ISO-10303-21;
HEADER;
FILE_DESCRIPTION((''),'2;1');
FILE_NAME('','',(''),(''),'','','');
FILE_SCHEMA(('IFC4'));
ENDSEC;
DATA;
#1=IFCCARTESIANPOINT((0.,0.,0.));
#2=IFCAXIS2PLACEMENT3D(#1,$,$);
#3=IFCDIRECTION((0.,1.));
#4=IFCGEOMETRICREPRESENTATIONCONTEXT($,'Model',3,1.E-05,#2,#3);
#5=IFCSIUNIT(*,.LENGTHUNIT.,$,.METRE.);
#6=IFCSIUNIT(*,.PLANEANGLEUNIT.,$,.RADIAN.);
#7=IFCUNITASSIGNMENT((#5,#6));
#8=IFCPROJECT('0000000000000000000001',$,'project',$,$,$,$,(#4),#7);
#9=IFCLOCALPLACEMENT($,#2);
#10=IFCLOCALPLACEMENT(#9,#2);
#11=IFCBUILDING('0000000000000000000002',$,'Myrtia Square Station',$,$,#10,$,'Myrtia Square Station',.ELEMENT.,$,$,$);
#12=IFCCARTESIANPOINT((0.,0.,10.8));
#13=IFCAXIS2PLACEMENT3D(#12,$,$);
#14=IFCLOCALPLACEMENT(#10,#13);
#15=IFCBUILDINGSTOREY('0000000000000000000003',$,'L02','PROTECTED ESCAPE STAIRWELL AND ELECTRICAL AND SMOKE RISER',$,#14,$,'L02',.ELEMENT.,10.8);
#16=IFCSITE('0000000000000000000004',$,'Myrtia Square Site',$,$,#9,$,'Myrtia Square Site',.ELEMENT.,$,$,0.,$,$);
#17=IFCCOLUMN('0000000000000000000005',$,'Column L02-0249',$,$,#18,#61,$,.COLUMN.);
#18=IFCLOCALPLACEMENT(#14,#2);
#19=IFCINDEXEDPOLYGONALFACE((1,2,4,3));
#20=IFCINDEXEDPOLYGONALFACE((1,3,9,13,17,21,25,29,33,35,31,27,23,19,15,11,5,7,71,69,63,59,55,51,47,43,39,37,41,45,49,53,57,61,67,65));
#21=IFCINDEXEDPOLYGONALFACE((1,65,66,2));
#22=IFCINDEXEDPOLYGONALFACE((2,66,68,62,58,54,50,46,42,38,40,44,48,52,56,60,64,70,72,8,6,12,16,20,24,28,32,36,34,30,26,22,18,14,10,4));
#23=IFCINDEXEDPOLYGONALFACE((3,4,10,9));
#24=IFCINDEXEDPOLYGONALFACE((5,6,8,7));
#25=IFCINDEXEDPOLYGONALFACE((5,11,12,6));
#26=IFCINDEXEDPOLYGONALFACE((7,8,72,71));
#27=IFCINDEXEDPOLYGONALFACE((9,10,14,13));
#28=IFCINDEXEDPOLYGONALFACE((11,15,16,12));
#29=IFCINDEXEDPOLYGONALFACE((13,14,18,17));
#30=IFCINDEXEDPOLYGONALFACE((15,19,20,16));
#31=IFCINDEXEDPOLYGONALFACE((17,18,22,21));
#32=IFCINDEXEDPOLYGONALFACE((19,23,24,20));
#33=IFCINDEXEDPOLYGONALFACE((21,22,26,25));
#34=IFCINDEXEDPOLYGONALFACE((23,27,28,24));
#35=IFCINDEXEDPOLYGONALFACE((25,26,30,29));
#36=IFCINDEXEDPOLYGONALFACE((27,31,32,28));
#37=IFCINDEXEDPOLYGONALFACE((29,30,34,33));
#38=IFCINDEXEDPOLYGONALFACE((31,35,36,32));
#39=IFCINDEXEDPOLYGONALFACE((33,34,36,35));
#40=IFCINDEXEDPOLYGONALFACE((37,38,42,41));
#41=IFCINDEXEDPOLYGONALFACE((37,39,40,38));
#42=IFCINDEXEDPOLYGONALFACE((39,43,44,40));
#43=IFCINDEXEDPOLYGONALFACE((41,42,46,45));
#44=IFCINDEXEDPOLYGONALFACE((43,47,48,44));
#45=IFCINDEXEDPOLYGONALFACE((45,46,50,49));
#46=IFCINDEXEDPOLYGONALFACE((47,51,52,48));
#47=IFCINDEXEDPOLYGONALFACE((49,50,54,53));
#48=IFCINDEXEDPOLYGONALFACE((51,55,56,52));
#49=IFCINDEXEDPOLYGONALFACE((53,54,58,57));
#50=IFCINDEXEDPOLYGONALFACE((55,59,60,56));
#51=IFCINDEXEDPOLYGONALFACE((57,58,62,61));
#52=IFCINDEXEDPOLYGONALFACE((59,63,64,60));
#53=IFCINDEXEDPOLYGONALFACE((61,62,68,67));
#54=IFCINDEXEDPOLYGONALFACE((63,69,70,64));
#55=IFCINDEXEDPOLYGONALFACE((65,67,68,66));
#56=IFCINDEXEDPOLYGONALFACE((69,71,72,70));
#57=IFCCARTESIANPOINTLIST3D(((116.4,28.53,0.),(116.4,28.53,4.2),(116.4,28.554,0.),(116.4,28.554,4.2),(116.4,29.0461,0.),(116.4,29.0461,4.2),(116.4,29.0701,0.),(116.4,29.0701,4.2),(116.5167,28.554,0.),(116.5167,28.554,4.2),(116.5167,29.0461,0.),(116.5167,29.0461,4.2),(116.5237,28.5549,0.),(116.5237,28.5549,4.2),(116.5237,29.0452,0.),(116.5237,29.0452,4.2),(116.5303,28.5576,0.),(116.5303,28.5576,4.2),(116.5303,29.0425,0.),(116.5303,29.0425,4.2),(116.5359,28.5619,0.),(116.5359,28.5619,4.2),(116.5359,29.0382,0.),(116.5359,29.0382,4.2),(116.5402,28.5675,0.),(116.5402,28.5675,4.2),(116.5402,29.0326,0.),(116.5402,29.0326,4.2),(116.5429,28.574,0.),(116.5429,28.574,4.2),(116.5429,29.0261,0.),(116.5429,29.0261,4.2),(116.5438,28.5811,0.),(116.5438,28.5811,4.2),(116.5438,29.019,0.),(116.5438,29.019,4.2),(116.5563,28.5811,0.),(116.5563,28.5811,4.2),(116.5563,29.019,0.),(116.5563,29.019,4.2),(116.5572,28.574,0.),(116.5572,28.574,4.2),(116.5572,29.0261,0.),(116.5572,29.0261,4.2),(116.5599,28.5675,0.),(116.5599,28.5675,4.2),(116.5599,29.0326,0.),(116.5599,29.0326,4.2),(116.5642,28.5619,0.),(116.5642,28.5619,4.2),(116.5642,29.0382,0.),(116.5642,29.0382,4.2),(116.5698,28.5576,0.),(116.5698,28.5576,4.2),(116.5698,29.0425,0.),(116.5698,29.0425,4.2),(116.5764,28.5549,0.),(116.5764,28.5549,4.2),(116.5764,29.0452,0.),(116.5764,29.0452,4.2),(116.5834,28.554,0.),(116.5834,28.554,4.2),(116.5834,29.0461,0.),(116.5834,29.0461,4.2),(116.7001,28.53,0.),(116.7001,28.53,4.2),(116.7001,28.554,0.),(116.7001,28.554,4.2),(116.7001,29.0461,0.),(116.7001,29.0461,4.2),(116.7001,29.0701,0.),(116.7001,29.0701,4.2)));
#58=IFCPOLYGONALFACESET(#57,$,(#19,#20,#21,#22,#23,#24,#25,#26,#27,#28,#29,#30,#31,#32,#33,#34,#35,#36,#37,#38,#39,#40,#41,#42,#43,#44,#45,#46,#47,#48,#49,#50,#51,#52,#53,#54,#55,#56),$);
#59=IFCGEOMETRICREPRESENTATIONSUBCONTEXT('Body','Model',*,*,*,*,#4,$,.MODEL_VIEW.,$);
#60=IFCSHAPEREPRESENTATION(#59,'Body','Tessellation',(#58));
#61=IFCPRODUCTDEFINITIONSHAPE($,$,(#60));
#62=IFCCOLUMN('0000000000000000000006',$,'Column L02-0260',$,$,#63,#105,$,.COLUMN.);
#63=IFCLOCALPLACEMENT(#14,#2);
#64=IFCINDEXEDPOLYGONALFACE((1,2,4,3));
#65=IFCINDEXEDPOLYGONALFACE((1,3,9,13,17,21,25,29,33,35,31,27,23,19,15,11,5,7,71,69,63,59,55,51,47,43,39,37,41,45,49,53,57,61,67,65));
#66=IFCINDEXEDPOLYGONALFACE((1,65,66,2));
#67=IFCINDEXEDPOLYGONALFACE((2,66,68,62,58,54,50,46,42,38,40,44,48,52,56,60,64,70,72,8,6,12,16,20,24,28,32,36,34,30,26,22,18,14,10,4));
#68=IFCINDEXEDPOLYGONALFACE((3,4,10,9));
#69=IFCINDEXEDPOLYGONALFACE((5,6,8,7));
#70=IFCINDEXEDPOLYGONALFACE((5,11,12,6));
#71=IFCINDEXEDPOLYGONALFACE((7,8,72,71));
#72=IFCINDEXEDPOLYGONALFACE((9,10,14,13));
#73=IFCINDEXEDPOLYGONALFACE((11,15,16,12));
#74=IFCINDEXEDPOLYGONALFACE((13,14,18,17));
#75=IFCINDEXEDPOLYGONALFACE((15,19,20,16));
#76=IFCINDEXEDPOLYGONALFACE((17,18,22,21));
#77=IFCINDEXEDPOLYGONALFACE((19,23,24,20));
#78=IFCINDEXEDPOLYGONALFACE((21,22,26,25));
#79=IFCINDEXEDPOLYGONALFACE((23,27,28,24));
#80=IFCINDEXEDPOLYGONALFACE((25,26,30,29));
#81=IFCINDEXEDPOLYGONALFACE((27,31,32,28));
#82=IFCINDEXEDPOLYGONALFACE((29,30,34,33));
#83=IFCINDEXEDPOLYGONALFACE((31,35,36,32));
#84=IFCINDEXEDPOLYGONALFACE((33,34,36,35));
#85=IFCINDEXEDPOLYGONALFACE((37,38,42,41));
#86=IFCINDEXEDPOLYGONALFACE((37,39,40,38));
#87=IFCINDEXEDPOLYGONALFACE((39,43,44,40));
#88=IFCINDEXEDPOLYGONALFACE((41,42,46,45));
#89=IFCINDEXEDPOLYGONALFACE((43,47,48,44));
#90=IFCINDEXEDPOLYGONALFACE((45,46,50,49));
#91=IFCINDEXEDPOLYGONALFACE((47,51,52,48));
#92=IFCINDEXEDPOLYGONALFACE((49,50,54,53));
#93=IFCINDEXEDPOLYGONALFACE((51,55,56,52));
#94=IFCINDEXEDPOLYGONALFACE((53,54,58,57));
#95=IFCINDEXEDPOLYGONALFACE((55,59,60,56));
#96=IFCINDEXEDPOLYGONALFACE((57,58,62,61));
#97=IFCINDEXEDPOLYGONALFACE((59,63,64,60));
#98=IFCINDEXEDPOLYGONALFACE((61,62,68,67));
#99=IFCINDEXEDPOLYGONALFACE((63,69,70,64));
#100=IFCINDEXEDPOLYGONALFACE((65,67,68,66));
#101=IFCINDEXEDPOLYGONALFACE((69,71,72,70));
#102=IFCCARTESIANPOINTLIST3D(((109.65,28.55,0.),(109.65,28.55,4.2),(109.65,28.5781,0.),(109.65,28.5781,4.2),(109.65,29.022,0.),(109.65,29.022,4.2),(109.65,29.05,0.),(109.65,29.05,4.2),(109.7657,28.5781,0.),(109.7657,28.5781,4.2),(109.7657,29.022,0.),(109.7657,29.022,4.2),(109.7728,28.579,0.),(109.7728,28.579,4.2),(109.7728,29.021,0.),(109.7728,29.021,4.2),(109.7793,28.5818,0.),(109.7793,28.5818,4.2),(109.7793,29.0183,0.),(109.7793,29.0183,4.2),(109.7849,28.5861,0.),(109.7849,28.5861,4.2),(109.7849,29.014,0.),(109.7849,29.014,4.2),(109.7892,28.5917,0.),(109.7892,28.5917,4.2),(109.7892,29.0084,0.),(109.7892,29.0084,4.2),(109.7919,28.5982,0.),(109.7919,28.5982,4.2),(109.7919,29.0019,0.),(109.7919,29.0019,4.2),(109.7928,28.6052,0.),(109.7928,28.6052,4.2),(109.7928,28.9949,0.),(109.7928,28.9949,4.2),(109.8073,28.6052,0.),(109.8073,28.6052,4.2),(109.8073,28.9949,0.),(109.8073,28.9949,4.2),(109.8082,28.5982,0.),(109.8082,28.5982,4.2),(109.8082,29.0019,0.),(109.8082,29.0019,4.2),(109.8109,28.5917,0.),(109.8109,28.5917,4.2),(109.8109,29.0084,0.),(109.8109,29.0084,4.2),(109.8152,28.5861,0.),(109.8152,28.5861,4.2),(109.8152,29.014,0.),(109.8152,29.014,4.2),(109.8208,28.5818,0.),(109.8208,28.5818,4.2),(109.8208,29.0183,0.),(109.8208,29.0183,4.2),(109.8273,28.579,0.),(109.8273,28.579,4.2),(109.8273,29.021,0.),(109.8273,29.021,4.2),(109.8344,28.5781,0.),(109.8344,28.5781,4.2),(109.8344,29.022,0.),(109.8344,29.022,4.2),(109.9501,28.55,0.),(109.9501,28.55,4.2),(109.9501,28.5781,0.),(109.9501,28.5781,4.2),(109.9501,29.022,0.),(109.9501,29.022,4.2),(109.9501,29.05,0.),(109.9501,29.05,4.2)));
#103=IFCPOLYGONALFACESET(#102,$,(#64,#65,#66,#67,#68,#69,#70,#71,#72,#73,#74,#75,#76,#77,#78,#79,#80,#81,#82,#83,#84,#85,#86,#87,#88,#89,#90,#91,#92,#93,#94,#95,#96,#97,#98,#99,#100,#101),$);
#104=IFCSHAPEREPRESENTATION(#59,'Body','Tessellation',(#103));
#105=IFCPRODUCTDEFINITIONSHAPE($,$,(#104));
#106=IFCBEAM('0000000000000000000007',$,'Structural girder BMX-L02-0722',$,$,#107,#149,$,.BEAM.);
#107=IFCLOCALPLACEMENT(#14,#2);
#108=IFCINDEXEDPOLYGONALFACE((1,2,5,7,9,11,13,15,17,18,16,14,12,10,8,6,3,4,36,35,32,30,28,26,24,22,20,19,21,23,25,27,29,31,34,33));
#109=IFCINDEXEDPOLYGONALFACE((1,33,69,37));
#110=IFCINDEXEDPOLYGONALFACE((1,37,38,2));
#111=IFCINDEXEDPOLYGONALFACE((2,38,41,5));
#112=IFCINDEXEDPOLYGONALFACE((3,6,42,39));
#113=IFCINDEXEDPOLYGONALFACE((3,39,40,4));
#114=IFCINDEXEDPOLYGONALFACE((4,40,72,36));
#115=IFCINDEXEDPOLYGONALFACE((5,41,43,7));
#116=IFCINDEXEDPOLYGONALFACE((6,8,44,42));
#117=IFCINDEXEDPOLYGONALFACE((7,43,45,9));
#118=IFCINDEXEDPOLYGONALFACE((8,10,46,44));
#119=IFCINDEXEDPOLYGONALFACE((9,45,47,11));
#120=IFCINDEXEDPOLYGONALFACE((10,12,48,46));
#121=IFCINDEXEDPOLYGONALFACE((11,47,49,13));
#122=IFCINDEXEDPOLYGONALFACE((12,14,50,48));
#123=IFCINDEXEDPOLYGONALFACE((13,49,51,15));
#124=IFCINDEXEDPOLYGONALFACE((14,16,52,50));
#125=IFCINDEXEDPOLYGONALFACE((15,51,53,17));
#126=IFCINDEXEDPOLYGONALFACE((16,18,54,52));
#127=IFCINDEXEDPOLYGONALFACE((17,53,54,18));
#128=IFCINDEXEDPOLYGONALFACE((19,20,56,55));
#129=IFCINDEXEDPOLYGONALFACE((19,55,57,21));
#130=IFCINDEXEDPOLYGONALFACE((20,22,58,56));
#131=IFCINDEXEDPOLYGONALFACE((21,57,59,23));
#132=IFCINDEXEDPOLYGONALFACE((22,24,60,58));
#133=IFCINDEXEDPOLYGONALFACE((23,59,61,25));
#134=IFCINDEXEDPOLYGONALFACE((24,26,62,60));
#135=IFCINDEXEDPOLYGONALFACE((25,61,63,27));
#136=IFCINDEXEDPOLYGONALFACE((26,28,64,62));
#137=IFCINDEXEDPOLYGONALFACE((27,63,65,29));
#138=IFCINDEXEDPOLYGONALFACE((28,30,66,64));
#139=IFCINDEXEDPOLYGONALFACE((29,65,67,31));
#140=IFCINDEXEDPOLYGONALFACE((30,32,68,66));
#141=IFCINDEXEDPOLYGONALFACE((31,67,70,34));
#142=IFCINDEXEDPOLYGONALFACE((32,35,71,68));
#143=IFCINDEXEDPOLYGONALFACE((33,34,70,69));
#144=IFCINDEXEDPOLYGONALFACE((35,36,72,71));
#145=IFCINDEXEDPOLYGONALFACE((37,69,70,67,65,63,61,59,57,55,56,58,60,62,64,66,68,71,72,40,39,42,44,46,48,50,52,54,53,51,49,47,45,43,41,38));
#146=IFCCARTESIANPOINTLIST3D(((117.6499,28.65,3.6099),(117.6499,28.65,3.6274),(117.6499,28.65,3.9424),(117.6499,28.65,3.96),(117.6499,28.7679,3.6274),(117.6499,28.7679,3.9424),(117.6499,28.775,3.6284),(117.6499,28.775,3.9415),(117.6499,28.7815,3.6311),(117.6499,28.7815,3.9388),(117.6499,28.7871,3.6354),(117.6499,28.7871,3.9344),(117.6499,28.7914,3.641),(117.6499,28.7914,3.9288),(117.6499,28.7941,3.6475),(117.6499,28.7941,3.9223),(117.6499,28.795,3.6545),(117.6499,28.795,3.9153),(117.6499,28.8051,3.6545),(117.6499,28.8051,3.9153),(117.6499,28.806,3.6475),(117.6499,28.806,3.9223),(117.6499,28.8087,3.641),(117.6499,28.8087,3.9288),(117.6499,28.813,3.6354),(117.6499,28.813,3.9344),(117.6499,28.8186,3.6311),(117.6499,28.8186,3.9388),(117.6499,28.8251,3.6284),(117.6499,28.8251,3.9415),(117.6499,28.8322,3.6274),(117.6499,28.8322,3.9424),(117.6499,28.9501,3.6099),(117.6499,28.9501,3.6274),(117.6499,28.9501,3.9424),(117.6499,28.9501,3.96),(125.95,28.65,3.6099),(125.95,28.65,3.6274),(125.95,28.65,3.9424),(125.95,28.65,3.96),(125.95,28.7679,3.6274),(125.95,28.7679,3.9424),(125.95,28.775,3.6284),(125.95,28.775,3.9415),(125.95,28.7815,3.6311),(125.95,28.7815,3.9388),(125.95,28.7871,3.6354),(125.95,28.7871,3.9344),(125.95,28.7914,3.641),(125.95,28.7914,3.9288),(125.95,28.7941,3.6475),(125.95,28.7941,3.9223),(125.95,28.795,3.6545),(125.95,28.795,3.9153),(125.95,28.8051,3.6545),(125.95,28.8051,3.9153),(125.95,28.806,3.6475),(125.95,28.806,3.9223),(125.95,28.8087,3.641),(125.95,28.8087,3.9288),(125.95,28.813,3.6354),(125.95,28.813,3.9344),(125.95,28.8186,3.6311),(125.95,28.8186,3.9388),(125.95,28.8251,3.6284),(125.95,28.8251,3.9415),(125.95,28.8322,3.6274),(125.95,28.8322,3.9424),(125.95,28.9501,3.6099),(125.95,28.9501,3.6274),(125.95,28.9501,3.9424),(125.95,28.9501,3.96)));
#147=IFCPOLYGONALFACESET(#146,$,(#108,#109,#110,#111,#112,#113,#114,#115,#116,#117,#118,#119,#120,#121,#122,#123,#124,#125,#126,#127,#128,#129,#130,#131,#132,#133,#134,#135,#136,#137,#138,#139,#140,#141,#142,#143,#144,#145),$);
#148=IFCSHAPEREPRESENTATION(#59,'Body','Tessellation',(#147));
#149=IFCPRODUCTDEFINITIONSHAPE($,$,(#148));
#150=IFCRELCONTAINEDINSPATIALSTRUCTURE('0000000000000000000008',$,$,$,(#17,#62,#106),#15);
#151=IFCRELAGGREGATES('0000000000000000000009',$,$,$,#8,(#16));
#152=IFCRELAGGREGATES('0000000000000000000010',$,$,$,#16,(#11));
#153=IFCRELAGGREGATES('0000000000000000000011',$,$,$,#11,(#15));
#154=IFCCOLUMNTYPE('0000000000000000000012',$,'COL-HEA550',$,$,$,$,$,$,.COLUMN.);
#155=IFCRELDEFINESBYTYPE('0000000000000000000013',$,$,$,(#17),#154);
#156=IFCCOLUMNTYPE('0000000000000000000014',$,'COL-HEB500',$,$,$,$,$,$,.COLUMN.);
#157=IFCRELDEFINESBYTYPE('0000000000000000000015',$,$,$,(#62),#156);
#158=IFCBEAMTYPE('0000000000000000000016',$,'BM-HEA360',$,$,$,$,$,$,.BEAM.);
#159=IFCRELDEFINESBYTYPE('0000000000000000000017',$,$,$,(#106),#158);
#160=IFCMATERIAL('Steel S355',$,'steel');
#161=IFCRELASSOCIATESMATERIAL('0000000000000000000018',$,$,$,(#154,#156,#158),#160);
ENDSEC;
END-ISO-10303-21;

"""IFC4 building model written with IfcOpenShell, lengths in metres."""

from ifc_helpers import new_model, si_unit, direction, frame, origin, origin_2d, place, context, subcontext, project, spatial, i_section, extrude, material, material_profile, profile_set, type_object, element, save


model = new_model("IFC4")

# Units and contexts
model_context = context("Model", 3, precision=1e-05, world=origin(), true_north=direction((0.0, 1.0)))
body_context = subcontext(model_context, "Body", "Model", "MODEL_VIEW")
ifc_project = project(units=[si_unit("LENGTHUNIT", "METRE"), si_unit("PLANEANGLEUNIT", "RADIAN")], contexts=[model_context])

# Site, building, storey
site_placement = place(None, origin())
site = spatial("IfcSite", under=ifc_project, at=site_placement, Name="Myrtia Square Site", LongName="Myrtia Square Site", CompositionType="ELEMENT", RefElevation=0.0)
building_placement = place(site_placement, origin())
building = spatial("IfcBuilding", under=site, at=building_placement, Name="Myrtia Square Station", LongName="Myrtia Square Station", CompositionType="ELEMENT")
storey_placement = place(building_placement, frame((0.0, 0.0, 10.8)))
storey = spatial("IfcBuildingStorey", under=building, at=storey_placement, Name="L02", Description="PROTECTED ESCAPE STAIRWELL AND ELECTRICAL AND SMOKE RISER", LongName="L02", CompositionType="ELEMENT", Elevation=10.8)

# Columns
ifc_material_1 = material(Name="Steel S355", Category="steel")
ifc_material_profile_1 = material_profile(ifc_material_1, i_section(OverallWidth=0.3, OverallDepth=0.54, WebThickness=0.0125, FlangeThickness=0.0239, FilletRadius=0.0271, at=origin_2d()), Name="HEA 550")
ifc_profile_set_1 = profile_set([ifc_material_profile_1], Name="Steel S355")
column_type_1 = type_object("IfcColumnType", Name="COL-HEA550", PredefinedType="COLUMN", material=ifc_profile_set_1)
column_1_placement = place(storey_placement, frame((116.55, 28.8, 0.0), z_axis=(0.0, 0.0, 1.0), x_axis=(1.0, 0.0, 0.0)))
element("IfcColumn", 1, at=column_1_placement, inside=storey, type_object=column_type_1, Name="Column L02-0249", PredefinedType="COLUMN", context=body_context, shape_type="SweptSolid", body=[
    extrude(i_section(OverallWidth=0.3, OverallDepth=0.54, WebThickness=0.0125, FlangeThickness=0.0239, FilletRadius=0.0271, at=origin_2d()), origin(), (0.0, 0.0, 1.0), 4.2),
])
ifc_material_profile_2 = material_profile(ifc_material_1, i_section(OverallWidth=0.3, OverallDepth=0.5, WebThickness=0.0144, FlangeThickness=0.0281, FilletRadius=0.0271, at=origin_2d()), Name="HEB 500")
ifc_profile_set_2 = profile_set([ifc_material_profile_2], Name="Steel S355")
column_type_2 = type_object("IfcColumnType", Name="COL-HEB500", PredefinedType="COLUMN", material=ifc_profile_set_2)
column_2_placement = place(storey_placement, frame((109.8, 28.8, 0.0), z_axis=(0.0, 0.0, 1.0), x_axis=(1.0, 0.0, 0.0)))
element("IfcColumn", 2, at=column_2_placement, inside=storey, type_object=column_type_2, Name="Column L02-0260", PredefinedType="COLUMN", context=body_context, shape_type="SweptSolid", body=[
    extrude(i_section(OverallWidth=0.3, OverallDepth=0.5, WebThickness=0.0144, FlangeThickness=0.0281, FilletRadius=0.0271, at=origin_2d()), origin(), (0.0, 0.0, 1.0), 4.2),
])

# Beam
ifc_material_profile_3 = material_profile(ifc_material_1, i_section(OverallWidth=0.3, OverallDepth=0.3501, WebThickness=0.01, FlangeThickness=0.0176, FilletRadius=0.0271, at=origin_2d()), Name="HEA 360")
ifc_profile_set_3 = profile_set([ifc_material_profile_3], Name="Steel S355")
beam_type_1 = type_object("IfcBeamType", Name="BM-HEA360", PredefinedType="BEAM", material=ifc_profile_set_3)
beam_1_placement = place(storey_placement, frame((117.6499, 28.8, 3.7849), z_axis=(1.0, 0.0, 0.0), x_axis=(0.0, 1.0, 0.0)))
element("IfcBeam", 3, at=beam_1_placement, inside=storey, type_object=beam_type_1, Name="Structural girder BMX-L02-0722", PredefinedType="BEAM", context=body_context, shape_type="SweptSolid", body=[
    extrude(i_section(OverallWidth=0.3, OverallDepth=0.3501, WebThickness=0.01, FlangeThickness=0.0176, FilletRadius=0.0271, at=origin_2d()), origin(), (0.0, 0.0, 1.0), 8.3),
])

save(model, "model.ifc")
